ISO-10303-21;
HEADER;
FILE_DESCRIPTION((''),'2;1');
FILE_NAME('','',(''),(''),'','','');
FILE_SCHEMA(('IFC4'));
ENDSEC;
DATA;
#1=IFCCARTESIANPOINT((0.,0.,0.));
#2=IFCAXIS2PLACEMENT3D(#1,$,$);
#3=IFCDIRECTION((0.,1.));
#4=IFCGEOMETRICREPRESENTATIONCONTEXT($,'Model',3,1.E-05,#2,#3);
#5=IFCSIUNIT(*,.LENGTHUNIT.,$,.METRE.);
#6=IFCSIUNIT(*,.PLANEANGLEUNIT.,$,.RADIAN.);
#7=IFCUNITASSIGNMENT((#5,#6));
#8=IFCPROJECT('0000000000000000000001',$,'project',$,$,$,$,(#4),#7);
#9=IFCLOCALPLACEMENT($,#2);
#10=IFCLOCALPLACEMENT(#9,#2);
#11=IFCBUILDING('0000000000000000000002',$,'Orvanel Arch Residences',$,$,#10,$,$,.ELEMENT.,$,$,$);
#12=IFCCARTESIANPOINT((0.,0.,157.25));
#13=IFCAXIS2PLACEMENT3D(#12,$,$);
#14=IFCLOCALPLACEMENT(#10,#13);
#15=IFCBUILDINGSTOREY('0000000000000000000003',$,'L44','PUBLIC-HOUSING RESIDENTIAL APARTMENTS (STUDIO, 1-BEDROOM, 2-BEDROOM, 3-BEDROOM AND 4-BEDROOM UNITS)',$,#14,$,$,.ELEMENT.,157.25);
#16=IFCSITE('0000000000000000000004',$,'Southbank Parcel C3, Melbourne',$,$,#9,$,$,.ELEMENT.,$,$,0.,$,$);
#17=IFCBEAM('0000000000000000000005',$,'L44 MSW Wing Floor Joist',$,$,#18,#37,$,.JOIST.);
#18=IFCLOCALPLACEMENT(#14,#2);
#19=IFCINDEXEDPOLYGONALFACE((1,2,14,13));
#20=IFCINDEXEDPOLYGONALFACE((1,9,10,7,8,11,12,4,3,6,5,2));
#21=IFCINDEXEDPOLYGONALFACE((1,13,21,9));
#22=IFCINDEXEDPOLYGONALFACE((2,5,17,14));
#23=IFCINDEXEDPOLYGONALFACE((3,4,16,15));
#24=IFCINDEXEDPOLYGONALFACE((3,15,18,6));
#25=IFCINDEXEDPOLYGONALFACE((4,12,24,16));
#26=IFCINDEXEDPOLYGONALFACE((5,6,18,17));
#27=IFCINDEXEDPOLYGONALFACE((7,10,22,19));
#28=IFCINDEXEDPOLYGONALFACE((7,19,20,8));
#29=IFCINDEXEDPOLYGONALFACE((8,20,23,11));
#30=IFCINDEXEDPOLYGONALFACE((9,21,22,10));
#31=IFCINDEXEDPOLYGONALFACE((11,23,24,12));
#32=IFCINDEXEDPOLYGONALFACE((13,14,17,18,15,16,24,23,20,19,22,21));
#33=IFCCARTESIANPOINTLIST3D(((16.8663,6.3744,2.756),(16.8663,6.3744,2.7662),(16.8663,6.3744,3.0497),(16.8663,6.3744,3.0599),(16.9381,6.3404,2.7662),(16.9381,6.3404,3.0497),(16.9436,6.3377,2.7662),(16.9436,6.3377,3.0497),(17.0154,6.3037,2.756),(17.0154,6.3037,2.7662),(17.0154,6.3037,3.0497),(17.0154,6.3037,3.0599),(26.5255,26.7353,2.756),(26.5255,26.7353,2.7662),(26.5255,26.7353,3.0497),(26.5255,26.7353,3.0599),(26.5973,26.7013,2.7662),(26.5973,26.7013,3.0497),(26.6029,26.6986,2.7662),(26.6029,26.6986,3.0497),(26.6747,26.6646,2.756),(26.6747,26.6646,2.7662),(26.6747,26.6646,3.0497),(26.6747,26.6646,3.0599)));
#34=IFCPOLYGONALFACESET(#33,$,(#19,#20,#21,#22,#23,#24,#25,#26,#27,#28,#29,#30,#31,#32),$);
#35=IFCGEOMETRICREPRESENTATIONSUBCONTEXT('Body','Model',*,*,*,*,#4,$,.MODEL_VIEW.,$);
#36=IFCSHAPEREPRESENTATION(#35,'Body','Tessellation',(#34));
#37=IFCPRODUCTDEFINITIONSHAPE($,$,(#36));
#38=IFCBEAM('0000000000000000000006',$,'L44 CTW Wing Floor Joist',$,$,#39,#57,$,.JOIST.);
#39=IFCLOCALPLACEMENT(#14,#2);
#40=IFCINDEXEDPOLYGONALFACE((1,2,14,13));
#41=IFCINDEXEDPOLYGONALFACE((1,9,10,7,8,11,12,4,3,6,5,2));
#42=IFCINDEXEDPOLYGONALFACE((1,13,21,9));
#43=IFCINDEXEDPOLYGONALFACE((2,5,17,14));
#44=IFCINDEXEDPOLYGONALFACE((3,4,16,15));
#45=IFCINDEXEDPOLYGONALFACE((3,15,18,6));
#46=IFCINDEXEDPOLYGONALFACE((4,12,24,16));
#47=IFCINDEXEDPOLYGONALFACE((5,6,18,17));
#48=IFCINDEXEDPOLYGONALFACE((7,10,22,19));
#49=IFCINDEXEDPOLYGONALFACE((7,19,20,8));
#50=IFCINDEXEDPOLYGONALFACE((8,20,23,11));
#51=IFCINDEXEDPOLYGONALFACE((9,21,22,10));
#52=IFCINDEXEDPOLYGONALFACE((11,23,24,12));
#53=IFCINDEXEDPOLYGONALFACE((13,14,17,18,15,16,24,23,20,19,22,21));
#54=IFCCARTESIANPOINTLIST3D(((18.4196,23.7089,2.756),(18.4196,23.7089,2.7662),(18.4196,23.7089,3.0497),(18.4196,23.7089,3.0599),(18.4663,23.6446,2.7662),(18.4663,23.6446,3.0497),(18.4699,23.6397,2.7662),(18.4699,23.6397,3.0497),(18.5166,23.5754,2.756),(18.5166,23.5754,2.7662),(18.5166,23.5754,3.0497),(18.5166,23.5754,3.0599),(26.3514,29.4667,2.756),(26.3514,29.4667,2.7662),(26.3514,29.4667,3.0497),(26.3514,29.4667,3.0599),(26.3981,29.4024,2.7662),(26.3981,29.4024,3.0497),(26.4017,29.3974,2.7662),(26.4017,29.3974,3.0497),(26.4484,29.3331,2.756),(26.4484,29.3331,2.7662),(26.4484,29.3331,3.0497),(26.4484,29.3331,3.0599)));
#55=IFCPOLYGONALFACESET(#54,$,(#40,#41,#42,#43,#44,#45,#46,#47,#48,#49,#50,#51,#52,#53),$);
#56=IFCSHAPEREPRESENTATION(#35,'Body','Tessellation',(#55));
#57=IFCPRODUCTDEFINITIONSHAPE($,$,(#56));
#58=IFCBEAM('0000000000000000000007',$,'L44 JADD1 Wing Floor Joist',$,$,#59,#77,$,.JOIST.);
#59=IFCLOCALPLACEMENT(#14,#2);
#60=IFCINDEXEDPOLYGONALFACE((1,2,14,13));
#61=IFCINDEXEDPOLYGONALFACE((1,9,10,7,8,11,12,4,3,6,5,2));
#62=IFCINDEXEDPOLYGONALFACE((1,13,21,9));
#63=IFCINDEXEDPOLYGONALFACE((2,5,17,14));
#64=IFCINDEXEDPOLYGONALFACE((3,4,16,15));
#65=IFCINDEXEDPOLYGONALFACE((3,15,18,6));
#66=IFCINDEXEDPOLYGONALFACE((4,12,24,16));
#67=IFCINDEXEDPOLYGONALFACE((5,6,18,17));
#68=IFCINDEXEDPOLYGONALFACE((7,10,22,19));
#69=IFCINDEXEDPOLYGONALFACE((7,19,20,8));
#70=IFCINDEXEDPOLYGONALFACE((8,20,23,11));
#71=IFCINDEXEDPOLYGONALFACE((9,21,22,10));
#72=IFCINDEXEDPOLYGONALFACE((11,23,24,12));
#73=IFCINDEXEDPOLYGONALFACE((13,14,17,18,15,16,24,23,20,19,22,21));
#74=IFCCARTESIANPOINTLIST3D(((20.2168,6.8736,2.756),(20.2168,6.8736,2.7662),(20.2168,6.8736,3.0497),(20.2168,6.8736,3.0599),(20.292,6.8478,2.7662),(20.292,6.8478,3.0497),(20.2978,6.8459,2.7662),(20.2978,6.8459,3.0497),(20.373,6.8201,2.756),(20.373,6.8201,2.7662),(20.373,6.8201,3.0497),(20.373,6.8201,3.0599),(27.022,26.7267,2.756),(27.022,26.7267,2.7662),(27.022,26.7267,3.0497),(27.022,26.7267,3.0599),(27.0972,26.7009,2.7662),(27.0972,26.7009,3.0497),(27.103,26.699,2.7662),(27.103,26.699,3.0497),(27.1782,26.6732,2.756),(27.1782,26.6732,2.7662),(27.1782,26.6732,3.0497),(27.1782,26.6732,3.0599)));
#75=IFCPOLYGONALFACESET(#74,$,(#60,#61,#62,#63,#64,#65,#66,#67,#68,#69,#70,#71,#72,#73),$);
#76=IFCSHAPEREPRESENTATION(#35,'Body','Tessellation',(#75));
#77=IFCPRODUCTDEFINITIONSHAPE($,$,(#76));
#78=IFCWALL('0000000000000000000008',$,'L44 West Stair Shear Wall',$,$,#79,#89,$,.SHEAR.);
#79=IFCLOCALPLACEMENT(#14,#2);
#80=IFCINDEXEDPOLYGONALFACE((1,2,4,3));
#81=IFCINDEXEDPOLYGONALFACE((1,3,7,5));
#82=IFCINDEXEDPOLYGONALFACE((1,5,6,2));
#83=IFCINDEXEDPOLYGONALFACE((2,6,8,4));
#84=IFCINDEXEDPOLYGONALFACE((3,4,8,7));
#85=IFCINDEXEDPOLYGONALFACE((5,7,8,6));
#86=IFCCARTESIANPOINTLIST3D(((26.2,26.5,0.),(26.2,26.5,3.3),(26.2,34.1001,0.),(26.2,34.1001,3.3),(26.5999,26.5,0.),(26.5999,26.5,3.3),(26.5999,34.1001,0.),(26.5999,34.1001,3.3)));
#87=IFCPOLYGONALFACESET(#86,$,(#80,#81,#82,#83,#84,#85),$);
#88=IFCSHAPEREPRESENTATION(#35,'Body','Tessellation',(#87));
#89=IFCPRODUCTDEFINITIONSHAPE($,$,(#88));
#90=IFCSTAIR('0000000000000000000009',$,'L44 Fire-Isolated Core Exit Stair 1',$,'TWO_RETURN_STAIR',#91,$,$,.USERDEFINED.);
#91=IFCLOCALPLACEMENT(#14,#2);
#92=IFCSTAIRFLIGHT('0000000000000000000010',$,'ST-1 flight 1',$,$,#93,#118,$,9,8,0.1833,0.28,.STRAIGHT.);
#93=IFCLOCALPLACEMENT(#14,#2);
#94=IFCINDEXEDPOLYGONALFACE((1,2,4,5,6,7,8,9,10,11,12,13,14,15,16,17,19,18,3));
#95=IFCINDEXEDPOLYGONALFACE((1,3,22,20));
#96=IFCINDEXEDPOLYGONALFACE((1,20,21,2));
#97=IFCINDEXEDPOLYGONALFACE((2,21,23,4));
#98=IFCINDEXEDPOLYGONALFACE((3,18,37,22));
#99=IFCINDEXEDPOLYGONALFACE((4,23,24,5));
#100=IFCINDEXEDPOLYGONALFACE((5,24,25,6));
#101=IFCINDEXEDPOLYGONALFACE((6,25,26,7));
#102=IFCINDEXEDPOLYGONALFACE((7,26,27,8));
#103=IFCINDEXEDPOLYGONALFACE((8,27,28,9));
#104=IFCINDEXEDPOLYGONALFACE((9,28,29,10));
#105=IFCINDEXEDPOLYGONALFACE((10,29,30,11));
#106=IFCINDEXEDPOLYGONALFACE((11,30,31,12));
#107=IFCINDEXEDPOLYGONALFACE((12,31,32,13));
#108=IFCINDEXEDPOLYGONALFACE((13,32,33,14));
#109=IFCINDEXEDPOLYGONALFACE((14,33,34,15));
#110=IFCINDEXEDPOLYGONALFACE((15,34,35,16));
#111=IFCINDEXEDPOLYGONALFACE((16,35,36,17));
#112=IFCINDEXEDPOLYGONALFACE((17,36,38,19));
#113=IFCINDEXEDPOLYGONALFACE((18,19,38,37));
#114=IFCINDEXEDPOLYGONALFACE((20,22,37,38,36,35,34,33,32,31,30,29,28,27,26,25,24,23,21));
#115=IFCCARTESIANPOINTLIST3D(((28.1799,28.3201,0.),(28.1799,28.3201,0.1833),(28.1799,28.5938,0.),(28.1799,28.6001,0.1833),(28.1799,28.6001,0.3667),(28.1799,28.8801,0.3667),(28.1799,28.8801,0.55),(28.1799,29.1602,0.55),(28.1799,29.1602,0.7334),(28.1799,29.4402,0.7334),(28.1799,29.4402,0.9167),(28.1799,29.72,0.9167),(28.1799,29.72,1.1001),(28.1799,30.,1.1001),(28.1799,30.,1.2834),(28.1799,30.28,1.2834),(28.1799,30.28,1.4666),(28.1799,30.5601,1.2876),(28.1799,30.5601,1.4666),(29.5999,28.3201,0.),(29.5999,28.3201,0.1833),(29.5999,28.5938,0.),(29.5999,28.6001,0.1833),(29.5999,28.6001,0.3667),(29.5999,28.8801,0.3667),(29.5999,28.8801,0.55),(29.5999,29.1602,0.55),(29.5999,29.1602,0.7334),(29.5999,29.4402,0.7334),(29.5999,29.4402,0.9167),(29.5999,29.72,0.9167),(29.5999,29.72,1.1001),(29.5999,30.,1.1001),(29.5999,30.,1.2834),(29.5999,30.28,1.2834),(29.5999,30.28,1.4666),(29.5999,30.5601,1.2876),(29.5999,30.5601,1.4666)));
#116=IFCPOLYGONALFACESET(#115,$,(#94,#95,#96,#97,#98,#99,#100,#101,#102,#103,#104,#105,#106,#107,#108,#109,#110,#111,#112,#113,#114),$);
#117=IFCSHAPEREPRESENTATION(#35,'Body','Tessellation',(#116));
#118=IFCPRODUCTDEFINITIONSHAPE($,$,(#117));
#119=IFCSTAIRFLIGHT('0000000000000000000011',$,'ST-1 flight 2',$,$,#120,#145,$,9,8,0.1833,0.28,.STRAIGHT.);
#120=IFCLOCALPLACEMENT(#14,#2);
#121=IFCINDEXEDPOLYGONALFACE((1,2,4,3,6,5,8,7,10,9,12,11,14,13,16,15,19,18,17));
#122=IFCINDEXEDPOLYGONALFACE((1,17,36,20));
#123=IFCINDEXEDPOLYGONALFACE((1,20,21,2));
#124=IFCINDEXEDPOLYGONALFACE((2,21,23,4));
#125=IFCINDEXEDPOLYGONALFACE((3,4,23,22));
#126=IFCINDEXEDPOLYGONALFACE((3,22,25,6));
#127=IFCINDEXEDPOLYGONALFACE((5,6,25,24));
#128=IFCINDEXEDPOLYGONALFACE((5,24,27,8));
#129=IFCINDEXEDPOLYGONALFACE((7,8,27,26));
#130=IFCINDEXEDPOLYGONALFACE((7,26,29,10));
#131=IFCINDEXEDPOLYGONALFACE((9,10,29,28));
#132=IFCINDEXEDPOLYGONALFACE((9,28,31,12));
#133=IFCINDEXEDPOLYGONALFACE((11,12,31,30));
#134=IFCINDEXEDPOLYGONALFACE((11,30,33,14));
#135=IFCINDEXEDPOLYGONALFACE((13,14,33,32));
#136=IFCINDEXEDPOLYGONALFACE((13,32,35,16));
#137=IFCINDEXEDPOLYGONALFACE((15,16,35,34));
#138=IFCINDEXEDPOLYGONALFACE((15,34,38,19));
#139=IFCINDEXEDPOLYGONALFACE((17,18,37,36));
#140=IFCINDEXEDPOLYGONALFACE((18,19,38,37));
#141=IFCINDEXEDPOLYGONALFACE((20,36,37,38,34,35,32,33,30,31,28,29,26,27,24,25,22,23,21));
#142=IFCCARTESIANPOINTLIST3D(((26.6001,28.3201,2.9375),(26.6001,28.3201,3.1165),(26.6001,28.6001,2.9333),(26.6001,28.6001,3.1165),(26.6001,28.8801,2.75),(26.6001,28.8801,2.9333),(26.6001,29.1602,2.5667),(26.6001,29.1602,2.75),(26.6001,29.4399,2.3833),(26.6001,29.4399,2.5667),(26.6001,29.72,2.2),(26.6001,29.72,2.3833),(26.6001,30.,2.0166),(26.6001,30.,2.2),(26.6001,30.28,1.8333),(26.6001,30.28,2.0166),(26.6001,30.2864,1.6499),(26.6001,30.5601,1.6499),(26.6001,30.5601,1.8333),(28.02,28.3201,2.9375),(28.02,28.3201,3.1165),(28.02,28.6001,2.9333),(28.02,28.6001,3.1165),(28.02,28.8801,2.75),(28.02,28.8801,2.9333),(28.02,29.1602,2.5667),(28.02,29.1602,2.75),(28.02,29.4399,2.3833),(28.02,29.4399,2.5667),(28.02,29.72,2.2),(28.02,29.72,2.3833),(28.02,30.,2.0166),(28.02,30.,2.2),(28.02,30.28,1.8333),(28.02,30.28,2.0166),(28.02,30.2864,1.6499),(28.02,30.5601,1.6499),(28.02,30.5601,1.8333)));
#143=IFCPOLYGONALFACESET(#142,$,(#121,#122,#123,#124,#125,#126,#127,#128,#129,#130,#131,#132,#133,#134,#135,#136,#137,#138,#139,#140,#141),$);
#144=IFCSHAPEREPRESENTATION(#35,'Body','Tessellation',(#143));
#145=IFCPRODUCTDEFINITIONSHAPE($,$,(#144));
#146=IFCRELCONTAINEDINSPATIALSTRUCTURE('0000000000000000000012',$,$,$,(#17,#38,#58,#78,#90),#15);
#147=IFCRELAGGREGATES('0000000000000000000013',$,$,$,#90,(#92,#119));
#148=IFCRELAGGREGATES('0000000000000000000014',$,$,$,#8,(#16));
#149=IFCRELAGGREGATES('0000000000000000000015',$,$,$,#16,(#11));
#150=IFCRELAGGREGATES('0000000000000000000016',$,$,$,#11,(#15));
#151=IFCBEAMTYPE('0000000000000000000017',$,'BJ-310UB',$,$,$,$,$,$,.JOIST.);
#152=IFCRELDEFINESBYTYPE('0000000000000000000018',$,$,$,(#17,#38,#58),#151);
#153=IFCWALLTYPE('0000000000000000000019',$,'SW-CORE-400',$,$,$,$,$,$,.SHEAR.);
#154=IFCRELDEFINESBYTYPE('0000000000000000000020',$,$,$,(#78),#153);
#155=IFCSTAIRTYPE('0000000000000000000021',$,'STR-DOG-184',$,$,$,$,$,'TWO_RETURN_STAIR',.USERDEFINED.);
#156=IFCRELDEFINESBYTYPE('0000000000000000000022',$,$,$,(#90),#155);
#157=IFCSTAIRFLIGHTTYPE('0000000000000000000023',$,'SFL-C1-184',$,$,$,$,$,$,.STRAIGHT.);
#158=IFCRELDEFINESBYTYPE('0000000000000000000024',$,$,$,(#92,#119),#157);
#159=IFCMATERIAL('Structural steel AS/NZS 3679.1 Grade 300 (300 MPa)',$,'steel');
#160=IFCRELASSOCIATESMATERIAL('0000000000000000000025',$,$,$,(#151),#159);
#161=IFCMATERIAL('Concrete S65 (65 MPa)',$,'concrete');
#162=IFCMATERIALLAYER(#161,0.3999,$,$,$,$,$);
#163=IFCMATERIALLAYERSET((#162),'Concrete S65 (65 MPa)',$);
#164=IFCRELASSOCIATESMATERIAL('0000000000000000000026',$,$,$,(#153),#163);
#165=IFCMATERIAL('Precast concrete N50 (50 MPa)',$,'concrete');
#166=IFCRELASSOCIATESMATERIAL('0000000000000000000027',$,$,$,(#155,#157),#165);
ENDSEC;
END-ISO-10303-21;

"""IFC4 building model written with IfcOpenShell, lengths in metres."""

from ifc_helpers import new_model, si_unit, direction, frame, frame_2d, origin, origin_2d, place, context, subcontext, project, spatial, polyline, rectangle, i_section, outline, extrude, material, layer, layer_set, material_profile, profile_set, type_object, element, aggregate, save


model = new_model("IFC4")

# Units and contexts
model_context = context("Model", 3, precision=1e-05, world=origin(), true_north=direction((0.0, 1.0)))
body_context = subcontext(model_context, "Body", "Model", "MODEL_VIEW")
ifc_project = project(units=[si_unit("LENGTHUNIT", "METRE"), si_unit("PLANEANGLEUNIT", "RADIAN")], contexts=[model_context])

# Site, building, storey
site_placement = place(None, origin())
site = spatial("IfcSite", under=ifc_project, at=site_placement, Name="Southbank Parcel C3, Melbourne", CompositionType="ELEMENT", RefElevation=0.0)
building_placement = place(site_placement, origin())
building = spatial("IfcBuilding", under=site, at=building_placement, Name="Orvanel Arch Residences", CompositionType="ELEMENT")
storey_placement = place(building_placement, frame((0.0, 0.0, 157.25)))
storey = spatial("IfcBuildingStorey", under=building, at=storey_placement, Name="L44", Description="PUBLIC-HOUSING RESIDENTIAL APARTMENTS (STUDIO, 1-BEDROOM, 2-BEDROOM, 3-BEDROOM AND 4-BEDROOM UNITS)", CompositionType="ELEMENT", Elevation=157.25)

# Beams
ifc_material_1 = material(Name="Structural steel AS/NZS 3679.1 Grade 300 (300 MPa)", Category="steel")
ifc_material_profile_1 = material_profile(ifc_material_1, i_section(OverallWidth=0.165, OverallDepth=0.304, WebThickness=0.0061, FlangeThickness=0.0103, at=origin_2d()), Name="310UB40.4")
ifc_profile_set_1 = profile_set([ifc_material_profile_1], Name="Structural steel AS/NZS 3679.1 Grade 300 (300 MPa)")
beam_type_1 = type_object("IfcBeamType", Name="BJ-310UB", PredefinedType="JOIST", material=ifc_profile_set_1)
beam_1_placement = place(storey_placement, frame((26.6001, 26.7, 2.908), z_axis=(-0.428614, -0.903488, 0.0), x_axis=(0.903488, -0.428614, 0.0)))
element("IfcBeam", 1, at=beam_1_placement, inside=storey, type_object=beam_type_1, Name="L44 MSW Wing Floor Joist", PredefinedType="JOIST", context=body_context, shape_type="SweptSolid", body=[
    extrude(i_section(OverallWidth=0.165, OverallDepth=0.304, WebThickness=0.0061, FlangeThickness=0.0103, at=origin_2d()), origin(), (0.0, 0.0, 1.0), 22.5359),
])
beam_2_placement = place(storey_placement, frame((26.3999, 29.3999, 2.908), z_axis=(-0.809261, -0.587449, 0.0), x_axis=(0.587449, -0.809261, 0.0)))
element("IfcBeam", 2, at=beam_2_placement, inside=storey, type_object=beam_type_1, Name="L44 CTW Wing Floor Joist", PredefinedType="JOIST", context=body_context, shape_type="SweptSolid", body=[
    extrude(i_section(OverallWidth=0.165, OverallDepth=0.304, WebThickness=0.0061, FlangeThickness=0.0103, at=origin_2d()), origin(), (0.0, 0.0, 1.0), 9.8013),
])
beam_3_placement = place(storey_placement, frame((27.1001, 26.7, 2.908), z_axis=(-0.324257, -0.945969, 0.0), x_axis=(0.945969, -0.324257, 0.0)))
element("IfcBeam", 3, at=beam_3_placement, inside=storey, type_object=beam_type_1, Name="L44 JADD1 Wing Floor Joist", PredefinedType="JOIST", context=body_context, shape_type="SweptSolid", body=[
    extrude(i_section(OverallWidth=0.165, OverallDepth=0.304, WebThickness=0.0061, FlangeThickness=0.0103, at=origin_2d()), origin(), (0.0, 0.0, 1.0), 20.9871),
])

# Shared definitions
ifc_material_2 = material(Name="Concrete S65 (65 MPa)", Category="concrete")

# Wall
ifc_layer_1 = layer(ifc_material_2, 0.3999)
ifc_layer_set_1 = layer_set([ifc_layer_1], Name="Concrete S65 (65 MPa)")
wall_type_1 = type_object("IfcWallType", Name="SW-CORE-400", PredefinedType="SHEAR", material=ifc_layer_set_1)
wall_1_placement = place(storey_placement, frame((26.3999, 26.5, 0.0), z_axis=(0.0, 0.0, 1.0), x_axis=(0.0, 1.0, 0.0)))
element("IfcWall", 4, at=wall_1_placement, inside=storey, type_object=wall_type_1, Name="L44 West Stair Shear Wall", PredefinedType="SHEAR", context=body_context, shape_type="SweptSolid", body=[
    extrude(rectangle(XDim=7.6001, YDim=0.3999, at=frame_2d((3.8, 0.0))), origin(), (0.0, 0.0, 1.0), 3.3),
])

# Stair, stair flights
ifc_material_3 = material(Name="Precast concrete N50 (50 MPa)", Category="concrete")
stair_type = type_object("IfcStairType", Name="STR-DOG-184", ElementType="TWO_RETURN_STAIR", PredefinedType="USERDEFINED", material=ifc_material_3)
stair_placement = place(storey_placement, origin())
stair = element("IfcStair", 5, at=stair_placement, inside=storey, type_object=stair_type, Name="L44 Fire-Isolated Core Exit Stair 1", ObjectType="TWO_RETURN_STAIR", PredefinedType="USERDEFINED")
stair_flight_type = type_object("IfcStairFlightType", Name="SFL-C1-184", PredefinedType="STRAIGHT", material=ifc_material_3)
stair_flight_1_placement = place(storey_placement, frame((28.8899, 28.3201, 0.0), z_axis=(0.0, 0.0, 1.0), x_axis=(0.0, 1.0, 0.0)))
stair_flight_1 = element("IfcStairFlight", 6, at=stair_flight_1_placement, type_object=stair_flight_type, Name="ST-1 flight 1", NumberOfRisers=9, NumberOfTreads=8, PredefinedType="STRAIGHT", RiserHeight=0.1833, TreadLength=0.28, context=body_context, shape_type="SweptSolid", body=[
    extrude(outline(polyline([(0.0, 0.0), (0.0, 0.1833), (0.28, 0.1833), (0.28, 0.3667), (0.5601, 0.3667), (0.5601, 0.55), (0.8401, 0.55), (0.8401, 0.7334), (1.1201, 0.7334), (1.1201, 0.9167), (1.3999, 0.9167), (1.3999, 1.1001), (1.6799, 1.1001), (1.6799, 1.2834), (1.96, 1.2834), (1.96, 1.4666), (2.24, 1.4666), (2.24, 1.6499), (2.24, 1.2876), (0.2737, 0.0), (0.0, 0.0)])), frame((0.0, 0.71, 0.0), z_axis=(0.0, -1.0, 0.0), x_axis=(1.0, 0.0, 0.0)), (0.0, 0.0, 1.0), 1.4199),
])
stair_flight_2_placement = place(storey_placement, frame((27.3101, 30.5601, 1.6499), z_axis=(0.0, 0.0, 1.0), x_axis=(0.0, -1.0, 0.0)))
stair_flight_2 = element("IfcStairFlight", 7, at=stair_flight_2_placement, type_object=stair_flight_type, Name="ST-1 flight 2", NumberOfRisers=9, NumberOfTreads=8, PredefinedType="STRAIGHT", RiserHeight=0.1833, TreadLength=0.28, context=body_context, shape_type="SweptSolid", body=[
    extrude(outline(polyline([(0.0, 0.0), (0.0, 0.1833), (0.28, 0.1833), (0.28, 0.3667), (0.5601, 0.3667), (0.5601, 0.55), (0.8401, 0.55), (0.8401, 0.7334), (1.1201, 0.7334), (1.1201, 0.9167), (1.3999, 0.9167), (1.3999, 1.1001), (1.6799, 1.1001), (1.6799, 1.2834), (1.96, 1.2834), (1.96, 1.4666), (2.24, 1.4666), (2.24, 1.6499), (2.24, 1.2876), (0.2737, 0.0), (0.0, 0.0)])), frame((0.0, 0.71, 0.0), z_axis=(0.0, -1.0, 0.0), x_axis=(1.0, 0.0, 0.0)), (0.0, 0.0, 1.0), 1.4199),
])
aggregate(stair, [stair_flight_1, stair_flight_2])

save(model, "model.ifc")
